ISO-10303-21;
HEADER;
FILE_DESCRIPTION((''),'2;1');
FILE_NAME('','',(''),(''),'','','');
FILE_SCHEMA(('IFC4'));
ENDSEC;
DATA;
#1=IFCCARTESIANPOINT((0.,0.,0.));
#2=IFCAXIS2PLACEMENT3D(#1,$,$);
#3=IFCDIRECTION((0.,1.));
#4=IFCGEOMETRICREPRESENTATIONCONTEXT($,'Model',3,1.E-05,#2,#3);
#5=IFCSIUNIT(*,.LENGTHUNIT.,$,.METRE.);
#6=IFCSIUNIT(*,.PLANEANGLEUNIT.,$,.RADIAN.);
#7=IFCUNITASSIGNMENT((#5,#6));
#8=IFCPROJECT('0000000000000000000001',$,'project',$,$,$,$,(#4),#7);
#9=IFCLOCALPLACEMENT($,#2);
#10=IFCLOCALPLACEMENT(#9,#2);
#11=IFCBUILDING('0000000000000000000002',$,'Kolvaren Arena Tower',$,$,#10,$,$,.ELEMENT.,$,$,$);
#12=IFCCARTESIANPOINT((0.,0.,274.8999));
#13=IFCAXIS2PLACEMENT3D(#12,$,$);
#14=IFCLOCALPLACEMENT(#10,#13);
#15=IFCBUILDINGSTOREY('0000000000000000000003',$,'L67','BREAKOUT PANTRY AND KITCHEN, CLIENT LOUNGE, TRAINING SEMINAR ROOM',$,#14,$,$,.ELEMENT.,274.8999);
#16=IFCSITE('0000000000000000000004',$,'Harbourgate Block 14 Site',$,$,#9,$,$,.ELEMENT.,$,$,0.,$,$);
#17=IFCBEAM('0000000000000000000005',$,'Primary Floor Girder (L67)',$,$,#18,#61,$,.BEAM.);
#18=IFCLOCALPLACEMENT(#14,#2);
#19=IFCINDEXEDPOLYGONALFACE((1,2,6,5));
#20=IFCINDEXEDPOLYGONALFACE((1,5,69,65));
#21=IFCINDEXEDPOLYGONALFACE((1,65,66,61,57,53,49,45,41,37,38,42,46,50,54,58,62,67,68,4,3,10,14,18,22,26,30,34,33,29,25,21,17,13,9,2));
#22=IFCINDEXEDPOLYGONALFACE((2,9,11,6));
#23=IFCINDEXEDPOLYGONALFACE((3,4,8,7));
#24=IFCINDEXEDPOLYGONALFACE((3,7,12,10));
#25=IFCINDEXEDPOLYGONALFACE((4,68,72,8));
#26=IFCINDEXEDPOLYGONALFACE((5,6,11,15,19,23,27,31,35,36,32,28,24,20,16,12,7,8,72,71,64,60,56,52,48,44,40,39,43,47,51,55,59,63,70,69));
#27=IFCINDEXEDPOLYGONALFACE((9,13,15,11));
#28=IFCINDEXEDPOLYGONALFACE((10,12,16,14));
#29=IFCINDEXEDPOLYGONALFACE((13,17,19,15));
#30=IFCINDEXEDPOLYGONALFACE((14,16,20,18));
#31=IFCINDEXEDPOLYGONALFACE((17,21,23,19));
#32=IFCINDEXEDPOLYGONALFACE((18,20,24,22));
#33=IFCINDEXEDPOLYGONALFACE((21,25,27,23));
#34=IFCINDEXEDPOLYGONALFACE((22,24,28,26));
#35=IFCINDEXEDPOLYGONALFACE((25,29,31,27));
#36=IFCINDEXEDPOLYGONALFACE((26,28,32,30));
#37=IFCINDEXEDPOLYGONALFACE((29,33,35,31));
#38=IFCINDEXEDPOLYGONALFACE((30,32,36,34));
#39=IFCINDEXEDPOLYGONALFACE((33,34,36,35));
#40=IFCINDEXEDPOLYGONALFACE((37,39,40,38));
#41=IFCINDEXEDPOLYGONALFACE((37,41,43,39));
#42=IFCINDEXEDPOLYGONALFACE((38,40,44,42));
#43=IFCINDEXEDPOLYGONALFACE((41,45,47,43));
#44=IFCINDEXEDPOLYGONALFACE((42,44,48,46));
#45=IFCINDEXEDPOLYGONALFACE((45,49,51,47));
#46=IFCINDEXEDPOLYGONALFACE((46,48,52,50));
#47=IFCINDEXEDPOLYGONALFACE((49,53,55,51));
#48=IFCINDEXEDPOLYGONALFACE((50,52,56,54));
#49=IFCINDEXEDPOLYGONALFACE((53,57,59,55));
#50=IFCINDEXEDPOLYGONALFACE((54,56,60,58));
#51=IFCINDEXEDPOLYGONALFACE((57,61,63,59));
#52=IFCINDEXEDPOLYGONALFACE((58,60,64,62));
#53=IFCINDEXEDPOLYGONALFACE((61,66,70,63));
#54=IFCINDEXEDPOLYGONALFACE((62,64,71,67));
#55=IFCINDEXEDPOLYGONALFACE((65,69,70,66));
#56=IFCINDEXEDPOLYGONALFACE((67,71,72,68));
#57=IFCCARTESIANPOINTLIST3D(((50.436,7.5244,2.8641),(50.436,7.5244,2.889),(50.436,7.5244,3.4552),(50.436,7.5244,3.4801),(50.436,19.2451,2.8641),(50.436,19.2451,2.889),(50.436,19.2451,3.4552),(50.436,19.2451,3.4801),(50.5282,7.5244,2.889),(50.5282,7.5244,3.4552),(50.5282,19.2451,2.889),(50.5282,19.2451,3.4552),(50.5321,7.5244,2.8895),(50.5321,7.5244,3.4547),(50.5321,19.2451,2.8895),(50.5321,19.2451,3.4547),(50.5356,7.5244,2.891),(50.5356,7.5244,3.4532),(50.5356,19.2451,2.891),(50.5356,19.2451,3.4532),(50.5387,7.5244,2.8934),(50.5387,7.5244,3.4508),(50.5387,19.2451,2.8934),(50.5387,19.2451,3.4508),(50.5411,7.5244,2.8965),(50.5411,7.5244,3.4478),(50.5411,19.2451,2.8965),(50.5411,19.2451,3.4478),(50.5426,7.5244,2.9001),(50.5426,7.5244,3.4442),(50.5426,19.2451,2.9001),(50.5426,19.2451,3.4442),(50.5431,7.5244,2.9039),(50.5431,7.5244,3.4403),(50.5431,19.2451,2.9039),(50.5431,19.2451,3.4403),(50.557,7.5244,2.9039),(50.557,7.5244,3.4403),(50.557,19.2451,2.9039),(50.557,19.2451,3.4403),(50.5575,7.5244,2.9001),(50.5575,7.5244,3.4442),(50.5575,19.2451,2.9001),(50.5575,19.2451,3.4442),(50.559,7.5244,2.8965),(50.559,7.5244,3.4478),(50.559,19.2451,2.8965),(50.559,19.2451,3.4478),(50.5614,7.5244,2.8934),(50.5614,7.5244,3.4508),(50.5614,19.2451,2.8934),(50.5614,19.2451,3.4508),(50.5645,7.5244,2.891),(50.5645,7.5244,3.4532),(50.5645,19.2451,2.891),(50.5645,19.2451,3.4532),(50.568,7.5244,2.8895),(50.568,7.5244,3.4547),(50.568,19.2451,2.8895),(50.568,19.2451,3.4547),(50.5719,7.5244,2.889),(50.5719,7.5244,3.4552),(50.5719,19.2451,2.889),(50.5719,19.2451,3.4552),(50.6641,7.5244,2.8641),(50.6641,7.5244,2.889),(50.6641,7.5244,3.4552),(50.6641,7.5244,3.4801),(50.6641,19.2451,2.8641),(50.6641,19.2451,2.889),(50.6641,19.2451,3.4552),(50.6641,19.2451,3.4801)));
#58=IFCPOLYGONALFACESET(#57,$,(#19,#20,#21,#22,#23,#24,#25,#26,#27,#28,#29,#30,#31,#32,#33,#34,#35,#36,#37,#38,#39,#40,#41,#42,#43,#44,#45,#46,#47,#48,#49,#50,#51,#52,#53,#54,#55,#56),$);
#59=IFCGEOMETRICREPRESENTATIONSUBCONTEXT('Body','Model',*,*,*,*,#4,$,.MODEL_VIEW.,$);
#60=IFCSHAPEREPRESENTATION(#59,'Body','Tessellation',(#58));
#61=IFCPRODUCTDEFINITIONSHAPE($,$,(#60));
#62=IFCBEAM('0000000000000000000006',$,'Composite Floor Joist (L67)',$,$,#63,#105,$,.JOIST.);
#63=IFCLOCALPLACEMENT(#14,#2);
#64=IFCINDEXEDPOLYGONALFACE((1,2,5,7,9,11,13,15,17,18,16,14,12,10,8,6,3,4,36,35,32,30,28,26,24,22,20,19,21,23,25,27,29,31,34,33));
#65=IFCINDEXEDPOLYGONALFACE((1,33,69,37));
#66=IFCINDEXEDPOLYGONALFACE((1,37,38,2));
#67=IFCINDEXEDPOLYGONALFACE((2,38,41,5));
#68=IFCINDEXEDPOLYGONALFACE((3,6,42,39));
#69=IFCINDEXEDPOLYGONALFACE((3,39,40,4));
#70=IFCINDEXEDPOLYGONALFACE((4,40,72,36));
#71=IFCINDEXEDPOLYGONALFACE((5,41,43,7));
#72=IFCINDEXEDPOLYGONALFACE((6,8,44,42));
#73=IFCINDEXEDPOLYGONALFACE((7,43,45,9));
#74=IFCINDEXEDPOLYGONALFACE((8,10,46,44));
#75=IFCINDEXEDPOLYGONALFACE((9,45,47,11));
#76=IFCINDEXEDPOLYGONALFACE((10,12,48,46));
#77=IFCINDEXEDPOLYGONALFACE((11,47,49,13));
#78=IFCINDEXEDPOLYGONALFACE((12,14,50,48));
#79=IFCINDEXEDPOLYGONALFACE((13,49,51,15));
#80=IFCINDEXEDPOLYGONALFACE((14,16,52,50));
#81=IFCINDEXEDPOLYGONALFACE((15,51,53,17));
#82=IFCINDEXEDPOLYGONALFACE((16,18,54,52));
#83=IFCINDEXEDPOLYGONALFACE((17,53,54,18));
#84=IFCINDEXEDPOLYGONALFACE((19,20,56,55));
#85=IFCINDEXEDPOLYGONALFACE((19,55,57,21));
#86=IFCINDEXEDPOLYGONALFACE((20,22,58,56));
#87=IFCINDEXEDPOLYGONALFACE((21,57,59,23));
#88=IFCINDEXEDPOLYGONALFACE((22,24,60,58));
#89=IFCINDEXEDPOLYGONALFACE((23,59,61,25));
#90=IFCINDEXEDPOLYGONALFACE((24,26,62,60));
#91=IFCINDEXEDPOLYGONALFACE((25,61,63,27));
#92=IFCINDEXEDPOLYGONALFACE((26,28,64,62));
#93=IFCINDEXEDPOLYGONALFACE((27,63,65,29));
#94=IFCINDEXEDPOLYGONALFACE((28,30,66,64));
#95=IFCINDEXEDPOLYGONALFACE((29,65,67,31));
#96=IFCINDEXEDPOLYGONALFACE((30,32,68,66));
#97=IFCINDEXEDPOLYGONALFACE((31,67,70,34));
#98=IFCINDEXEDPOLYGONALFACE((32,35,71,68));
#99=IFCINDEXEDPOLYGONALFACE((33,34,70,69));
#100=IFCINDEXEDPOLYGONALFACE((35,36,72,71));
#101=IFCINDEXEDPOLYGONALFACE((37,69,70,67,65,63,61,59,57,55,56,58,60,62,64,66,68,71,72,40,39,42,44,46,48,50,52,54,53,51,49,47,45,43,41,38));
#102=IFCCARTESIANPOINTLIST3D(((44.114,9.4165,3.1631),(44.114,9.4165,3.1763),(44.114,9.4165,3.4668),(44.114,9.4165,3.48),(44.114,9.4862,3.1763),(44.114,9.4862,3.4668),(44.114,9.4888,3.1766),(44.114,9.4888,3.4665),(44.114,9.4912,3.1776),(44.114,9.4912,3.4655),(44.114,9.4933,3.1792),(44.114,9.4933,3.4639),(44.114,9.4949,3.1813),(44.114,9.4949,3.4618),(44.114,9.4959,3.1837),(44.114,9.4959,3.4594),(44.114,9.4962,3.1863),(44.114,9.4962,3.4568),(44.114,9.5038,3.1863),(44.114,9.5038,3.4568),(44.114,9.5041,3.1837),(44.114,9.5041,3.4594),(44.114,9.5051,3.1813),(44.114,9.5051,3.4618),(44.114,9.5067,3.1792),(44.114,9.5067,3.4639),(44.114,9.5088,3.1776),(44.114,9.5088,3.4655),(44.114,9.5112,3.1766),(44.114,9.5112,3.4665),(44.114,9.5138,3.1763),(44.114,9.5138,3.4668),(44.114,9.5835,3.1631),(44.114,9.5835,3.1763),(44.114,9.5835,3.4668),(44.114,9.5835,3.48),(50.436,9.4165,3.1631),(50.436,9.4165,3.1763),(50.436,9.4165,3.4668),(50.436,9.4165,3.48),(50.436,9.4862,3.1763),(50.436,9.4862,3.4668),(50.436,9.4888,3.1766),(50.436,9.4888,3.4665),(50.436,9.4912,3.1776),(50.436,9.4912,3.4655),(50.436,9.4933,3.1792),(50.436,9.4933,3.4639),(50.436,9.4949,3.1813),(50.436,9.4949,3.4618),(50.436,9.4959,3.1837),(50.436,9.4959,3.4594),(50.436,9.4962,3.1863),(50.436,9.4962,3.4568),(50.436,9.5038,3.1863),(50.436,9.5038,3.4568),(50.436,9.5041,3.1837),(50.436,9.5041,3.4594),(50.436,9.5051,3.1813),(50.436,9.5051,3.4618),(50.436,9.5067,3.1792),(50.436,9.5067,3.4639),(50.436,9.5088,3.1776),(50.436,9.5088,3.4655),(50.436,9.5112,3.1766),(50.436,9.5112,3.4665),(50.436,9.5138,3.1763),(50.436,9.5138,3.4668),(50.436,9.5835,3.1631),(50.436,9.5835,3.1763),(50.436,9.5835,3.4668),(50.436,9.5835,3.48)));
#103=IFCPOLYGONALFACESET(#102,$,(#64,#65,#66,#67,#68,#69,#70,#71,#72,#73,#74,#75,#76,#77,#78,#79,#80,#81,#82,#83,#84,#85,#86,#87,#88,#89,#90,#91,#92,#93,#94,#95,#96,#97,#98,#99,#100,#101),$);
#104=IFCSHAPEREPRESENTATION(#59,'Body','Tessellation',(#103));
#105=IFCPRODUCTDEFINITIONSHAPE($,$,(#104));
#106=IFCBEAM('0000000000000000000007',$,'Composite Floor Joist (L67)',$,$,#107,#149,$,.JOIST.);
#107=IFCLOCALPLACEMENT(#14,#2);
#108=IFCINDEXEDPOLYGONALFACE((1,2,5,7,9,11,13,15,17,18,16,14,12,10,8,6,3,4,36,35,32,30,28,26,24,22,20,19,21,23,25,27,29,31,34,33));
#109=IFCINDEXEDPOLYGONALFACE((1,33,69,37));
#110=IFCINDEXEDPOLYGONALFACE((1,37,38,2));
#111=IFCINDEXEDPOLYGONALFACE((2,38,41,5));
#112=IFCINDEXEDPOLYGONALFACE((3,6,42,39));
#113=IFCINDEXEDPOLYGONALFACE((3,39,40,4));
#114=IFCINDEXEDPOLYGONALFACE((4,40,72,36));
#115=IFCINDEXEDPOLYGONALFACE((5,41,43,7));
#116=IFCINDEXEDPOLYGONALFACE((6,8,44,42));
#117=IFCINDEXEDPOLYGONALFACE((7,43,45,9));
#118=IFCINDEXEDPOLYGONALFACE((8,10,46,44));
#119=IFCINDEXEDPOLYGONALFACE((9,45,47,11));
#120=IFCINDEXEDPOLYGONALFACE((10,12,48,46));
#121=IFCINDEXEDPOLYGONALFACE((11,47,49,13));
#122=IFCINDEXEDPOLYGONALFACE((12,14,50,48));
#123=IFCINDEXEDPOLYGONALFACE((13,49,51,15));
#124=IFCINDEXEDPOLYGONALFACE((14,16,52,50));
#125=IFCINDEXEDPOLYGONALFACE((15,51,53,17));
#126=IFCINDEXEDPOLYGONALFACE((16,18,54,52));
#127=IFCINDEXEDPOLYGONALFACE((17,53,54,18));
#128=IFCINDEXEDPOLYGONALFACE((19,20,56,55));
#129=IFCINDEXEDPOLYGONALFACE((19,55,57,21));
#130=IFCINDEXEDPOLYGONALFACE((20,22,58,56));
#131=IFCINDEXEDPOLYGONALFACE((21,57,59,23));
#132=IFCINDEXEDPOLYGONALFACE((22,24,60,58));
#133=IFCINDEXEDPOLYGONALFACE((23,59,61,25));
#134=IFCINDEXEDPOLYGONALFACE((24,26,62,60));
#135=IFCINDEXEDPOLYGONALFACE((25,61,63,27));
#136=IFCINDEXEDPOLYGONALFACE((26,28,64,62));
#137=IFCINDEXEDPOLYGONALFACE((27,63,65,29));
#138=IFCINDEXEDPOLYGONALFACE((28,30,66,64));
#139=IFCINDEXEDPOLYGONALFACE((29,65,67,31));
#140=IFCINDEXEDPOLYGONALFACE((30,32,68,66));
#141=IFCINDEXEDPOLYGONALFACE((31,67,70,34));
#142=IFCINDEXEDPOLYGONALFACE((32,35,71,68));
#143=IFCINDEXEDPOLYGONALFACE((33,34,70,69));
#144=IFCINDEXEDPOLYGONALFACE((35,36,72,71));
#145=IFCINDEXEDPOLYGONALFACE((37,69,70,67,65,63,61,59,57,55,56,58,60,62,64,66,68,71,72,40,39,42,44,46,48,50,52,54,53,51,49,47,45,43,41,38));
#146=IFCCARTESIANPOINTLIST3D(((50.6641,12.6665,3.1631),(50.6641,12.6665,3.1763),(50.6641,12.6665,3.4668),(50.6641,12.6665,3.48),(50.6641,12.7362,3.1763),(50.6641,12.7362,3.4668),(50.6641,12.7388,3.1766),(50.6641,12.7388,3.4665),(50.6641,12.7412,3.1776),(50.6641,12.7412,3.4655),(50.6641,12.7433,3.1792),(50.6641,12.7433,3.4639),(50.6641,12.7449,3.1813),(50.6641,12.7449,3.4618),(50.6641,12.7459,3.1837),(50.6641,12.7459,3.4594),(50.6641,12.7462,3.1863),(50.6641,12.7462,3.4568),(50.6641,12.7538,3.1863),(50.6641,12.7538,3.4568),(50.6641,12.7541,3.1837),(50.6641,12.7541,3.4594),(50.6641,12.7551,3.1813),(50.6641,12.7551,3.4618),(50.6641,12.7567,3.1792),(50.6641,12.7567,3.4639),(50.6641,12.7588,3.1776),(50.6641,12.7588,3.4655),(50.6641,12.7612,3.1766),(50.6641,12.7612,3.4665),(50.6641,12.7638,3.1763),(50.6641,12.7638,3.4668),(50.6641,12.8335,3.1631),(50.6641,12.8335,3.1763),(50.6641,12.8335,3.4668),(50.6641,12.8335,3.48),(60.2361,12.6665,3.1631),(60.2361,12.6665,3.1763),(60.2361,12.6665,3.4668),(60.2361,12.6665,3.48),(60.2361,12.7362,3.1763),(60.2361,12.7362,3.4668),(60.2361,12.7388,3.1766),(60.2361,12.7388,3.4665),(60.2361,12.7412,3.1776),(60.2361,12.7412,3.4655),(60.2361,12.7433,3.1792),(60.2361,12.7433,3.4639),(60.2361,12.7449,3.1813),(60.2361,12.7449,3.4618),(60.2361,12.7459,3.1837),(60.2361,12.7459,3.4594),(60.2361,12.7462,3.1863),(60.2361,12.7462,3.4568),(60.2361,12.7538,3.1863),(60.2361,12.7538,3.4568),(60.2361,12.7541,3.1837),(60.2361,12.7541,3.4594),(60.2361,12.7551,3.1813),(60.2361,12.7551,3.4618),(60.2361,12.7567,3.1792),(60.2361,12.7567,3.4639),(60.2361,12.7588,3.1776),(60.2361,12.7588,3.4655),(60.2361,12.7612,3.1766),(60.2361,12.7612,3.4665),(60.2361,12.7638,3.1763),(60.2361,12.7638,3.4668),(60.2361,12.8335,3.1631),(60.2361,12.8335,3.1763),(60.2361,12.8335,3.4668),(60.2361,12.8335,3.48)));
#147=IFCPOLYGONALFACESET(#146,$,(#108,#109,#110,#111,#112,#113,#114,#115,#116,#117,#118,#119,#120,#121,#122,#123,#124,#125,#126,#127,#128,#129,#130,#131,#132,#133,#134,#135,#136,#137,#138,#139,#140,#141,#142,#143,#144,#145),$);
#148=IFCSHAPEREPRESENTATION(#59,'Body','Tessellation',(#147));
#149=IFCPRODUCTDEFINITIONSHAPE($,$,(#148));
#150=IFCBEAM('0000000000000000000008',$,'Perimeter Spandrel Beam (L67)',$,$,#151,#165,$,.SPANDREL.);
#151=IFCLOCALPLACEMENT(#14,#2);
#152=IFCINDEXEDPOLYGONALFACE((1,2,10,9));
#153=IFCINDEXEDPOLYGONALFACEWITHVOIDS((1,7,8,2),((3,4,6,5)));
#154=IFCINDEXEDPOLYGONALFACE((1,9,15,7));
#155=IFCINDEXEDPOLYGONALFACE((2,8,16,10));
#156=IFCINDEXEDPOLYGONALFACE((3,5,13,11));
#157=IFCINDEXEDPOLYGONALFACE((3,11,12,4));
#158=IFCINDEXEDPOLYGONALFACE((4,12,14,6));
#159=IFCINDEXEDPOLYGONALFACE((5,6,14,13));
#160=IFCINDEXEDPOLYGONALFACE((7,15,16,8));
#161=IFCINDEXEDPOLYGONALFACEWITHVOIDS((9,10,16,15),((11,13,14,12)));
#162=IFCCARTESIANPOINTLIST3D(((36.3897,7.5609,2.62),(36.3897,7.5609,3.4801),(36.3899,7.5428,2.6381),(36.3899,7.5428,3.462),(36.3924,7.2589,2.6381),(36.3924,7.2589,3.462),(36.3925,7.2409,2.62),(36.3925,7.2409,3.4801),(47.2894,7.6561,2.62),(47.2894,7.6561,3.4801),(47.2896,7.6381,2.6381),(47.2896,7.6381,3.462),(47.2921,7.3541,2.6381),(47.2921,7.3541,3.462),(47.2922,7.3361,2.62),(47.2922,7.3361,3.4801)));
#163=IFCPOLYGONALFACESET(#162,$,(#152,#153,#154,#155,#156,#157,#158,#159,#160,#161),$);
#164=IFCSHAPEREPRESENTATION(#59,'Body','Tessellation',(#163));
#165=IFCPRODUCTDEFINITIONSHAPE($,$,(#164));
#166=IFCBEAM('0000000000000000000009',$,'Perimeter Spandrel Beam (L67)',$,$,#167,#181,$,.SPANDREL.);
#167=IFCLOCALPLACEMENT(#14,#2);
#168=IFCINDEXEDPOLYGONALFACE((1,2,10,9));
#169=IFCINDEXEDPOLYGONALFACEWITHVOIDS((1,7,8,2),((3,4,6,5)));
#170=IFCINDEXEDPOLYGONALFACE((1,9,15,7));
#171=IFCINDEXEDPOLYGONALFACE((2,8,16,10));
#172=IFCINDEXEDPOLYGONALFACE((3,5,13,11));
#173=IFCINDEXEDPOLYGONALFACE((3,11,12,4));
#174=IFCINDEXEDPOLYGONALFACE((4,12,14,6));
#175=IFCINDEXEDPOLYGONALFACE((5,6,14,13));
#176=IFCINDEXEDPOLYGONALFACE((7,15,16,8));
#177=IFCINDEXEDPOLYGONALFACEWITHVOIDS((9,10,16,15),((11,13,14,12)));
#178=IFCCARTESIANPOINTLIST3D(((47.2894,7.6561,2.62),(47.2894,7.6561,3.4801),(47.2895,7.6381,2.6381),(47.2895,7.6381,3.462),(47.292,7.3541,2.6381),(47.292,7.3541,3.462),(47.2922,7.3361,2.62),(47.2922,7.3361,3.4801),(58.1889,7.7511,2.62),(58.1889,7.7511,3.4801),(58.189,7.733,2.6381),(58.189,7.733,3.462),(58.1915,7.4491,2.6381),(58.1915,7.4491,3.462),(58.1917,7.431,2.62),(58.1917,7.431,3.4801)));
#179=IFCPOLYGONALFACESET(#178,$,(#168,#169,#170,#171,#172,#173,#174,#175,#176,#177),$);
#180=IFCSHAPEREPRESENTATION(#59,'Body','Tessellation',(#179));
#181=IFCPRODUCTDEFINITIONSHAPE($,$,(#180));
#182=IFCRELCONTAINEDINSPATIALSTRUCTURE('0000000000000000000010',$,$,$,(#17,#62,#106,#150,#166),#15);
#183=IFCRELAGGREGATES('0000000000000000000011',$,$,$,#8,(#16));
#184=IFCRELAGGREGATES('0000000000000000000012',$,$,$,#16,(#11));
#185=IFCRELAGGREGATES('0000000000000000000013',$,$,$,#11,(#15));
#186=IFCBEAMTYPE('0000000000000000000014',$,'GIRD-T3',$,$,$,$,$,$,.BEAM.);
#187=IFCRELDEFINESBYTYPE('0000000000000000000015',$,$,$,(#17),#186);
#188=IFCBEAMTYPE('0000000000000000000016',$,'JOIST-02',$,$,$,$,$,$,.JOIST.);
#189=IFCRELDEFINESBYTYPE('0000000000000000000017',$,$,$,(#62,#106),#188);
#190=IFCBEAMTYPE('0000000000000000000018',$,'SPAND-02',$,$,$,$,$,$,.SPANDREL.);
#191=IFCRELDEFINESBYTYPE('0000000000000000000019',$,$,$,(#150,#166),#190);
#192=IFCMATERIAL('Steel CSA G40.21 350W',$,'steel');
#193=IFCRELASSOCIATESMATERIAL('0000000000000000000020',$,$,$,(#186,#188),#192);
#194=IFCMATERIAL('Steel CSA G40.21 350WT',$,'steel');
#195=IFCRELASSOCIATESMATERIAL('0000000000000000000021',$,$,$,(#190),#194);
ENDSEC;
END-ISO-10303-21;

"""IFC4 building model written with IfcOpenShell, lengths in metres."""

from ifc_helpers import new_model, si_unit, direction, frame, origin, origin_2d, place, context, subcontext, project, spatial, hollow_rectangle, i_section, extrude, material, material_profile, profile_set, type_object, element, save


model = new_model("IFC4")

# Units and contexts
model_context = context("Model", 3, precision=1e-05, world=origin(), true_north=direction((0.0, 1.0)))
body_context = subcontext(model_context, "Body", "Model", "MODEL_VIEW")
ifc_project = project(units=[si_unit("LENGTHUNIT", "METRE"), si_unit("PLANEANGLEUNIT", "RADIAN")], contexts=[model_context])

# Site, building, storey
site_placement = place(None, origin())
site = spatial("IfcSite", under=ifc_project, at=site_placement, Name="Harbourgate Block 14 Site", CompositionType="ELEMENT", RefElevation=0.0)
building_placement = place(site_placement, origin())
building = spatial("IfcBuilding", under=site, at=building_placement, Name="Kolvaren Arena Tower", CompositionType="ELEMENT")
storey_placement = place(building_placement, frame((0.0, 0.0, 274.8999)))
storey = spatial("IfcBuildingStorey", under=building, at=storey_placement, Name="L67", Description="BREAKOUT PANTRY AND KITCHEN, CLIENT LOUNGE, TRAINING SEMINAR ROOM", CompositionType="ELEMENT", Elevation=274.8999)

# Beams
ifc_material_1 = material(Name="Steel CSA G40.21 350W", Category="steel")
ifc_material_profile_1 = material_profile(ifc_material_1, i_section(OverallWidth=0.228, OverallDepth=0.616, WebThickness=0.0139, FlangeThickness=0.0249, FilletRadius=0.0149, at=origin_2d()), Name="W610x174")
ifc_profile_set_1 = profile_set([ifc_material_profile_1], Name="Steel CSA G40.21 350W")
beam_type_1 = type_object("IfcBeamType", Name="GIRD-T3", PredefinedType="BEAM", material=ifc_profile_set_1)
beam_1_placement = place(storey_placement, frame((50.55, 7.5244, 3.1721), z_axis=(0.0, 1.0, 0.0), x_axis=(-1.0, 0.0, 0.0)))
element("IfcBeam", 1, at=beam_1_placement, inside=storey, type_object=beam_type_1, Name="Primary Floor Girder (L67)", PredefinedType="BEAM", context=body_context, shape_type="SweptSolid", body=[
    extrude(i_section(OverallWidth=0.228, OverallDepth=0.616, WebThickness=0.0139, FlangeThickness=0.0249, FilletRadius=0.0149, at=origin_2d()), origin(), (0.0, 0.0, 1.0), 11.7207),
])
ifc_material_profile_2 = material_profile(ifc_material_1, i_section(OverallWidth=0.167, OverallDepth=0.3169, WebThickness=0.0076, FlangeThickness=0.0132, FilletRadius=0.01, at=origin_2d()), Name="W310x52")
ifc_profile_set_2 = profile_set([ifc_material_profile_2], Name="Steel CSA G40.21 350W")
beam_type_2 = type_object("IfcBeamType", Name="JOIST-02", PredefinedType="JOIST", material=ifc_profile_set_2)
beam_2_placement = place(storey_placement, frame((44.114, 9.5, 3.3215), z_axis=(1.0, 0.0, 0.0), x_axis=(0.0, 1.0, 0.0)))
element("IfcBeam", 2, at=beam_2_placement, inside=storey, type_object=beam_type_2, Name="Composite Floor Joist (L67)", PredefinedType="JOIST", context=body_context, shape_type="SweptSolid", body=[
    extrude(i_section(OverallWidth=0.167, OverallDepth=0.3169, WebThickness=0.0076, FlangeThickness=0.0132, FilletRadius=0.01, at=origin_2d()), origin(), (0.0, 0.0, 1.0), 6.322),
])
beam_3_placement = place(storey_placement, frame((50.6641, 12.75, 3.3215), z_axis=(1.0, 0.0, 0.0), x_axis=(0.0, 1.0, 0.0)))
element("IfcBeam", 3, at=beam_3_placement, inside=storey, type_object=beam_type_2, Name="Composite Floor Joist (L67)", PredefinedType="JOIST", context=body_context, shape_type="SweptSolid", body=[
    extrude(i_section(OverallWidth=0.167, OverallDepth=0.3169, WebThickness=0.0076, FlangeThickness=0.0132, FilletRadius=0.01, at=origin_2d()), origin(), (0.0, 0.0, 1.0), 9.572),
])
ifc_material_2 = material(Name="Steel CSA G40.21 350WT", Category="steel")
ifc_material_profile_3 = material_profile(ifc_material_2, hollow_rectangle(XDim=0.3201, YDim=0.8601, WallThickness=0.0181, at=origin_2d()), Name="HSS 860x320x18")
ifc_profile_set_3 = profile_set([ifc_material_profile_3], Name="Steel CSA G40.21 350WT")
beam_type_3 = type_object("IfcBeamType", Name="SPAND-02", PredefinedType="SPANDREL", material=ifc_profile_set_3)
beam_4_placement = place(storey_placement, frame((36.3911, 7.4009, 3.05), z_axis=(0.999962, 0.008735, 0.0), x_axis=(-0.008735, 0.999962, 0.0)))
element("IfcBeam", 4, at=beam_4_placement, inside=storey, type_object=beam_type_3, Name="Perimeter Spandrel Beam (L67)", PredefinedType="SPANDREL", context=body_context, shape_type="SweptSolid", body=[
    extrude(hollow_rectangle(XDim=0.3201, YDim=0.8601, WallThickness=0.0181, at=origin_2d()), origin(), (0.0, 0.0, 1.0), 10.9001),
])
beam_5_placement = place(storey_placement, frame((47.2908, 7.4961, 3.05), z_axis=(0.999962, 0.008713, 0.0), x_axis=(-0.008713, 0.999962, 0.0)))
element("IfcBeam", 5, at=beam_5_placement, inside=storey, type_object=beam_type_3, Name="Perimeter Spandrel Beam (L67)", PredefinedType="SPANDREL", context=body_context, shape_type="SweptSolid", body=[
    extrude(hollow_rectangle(XDim=0.3201, YDim=0.8601, WallThickness=0.0181, at=origin_2d()), origin(), (0.0, 0.0, 1.0), 10.8999),
])

save(model, "model.ifc")
